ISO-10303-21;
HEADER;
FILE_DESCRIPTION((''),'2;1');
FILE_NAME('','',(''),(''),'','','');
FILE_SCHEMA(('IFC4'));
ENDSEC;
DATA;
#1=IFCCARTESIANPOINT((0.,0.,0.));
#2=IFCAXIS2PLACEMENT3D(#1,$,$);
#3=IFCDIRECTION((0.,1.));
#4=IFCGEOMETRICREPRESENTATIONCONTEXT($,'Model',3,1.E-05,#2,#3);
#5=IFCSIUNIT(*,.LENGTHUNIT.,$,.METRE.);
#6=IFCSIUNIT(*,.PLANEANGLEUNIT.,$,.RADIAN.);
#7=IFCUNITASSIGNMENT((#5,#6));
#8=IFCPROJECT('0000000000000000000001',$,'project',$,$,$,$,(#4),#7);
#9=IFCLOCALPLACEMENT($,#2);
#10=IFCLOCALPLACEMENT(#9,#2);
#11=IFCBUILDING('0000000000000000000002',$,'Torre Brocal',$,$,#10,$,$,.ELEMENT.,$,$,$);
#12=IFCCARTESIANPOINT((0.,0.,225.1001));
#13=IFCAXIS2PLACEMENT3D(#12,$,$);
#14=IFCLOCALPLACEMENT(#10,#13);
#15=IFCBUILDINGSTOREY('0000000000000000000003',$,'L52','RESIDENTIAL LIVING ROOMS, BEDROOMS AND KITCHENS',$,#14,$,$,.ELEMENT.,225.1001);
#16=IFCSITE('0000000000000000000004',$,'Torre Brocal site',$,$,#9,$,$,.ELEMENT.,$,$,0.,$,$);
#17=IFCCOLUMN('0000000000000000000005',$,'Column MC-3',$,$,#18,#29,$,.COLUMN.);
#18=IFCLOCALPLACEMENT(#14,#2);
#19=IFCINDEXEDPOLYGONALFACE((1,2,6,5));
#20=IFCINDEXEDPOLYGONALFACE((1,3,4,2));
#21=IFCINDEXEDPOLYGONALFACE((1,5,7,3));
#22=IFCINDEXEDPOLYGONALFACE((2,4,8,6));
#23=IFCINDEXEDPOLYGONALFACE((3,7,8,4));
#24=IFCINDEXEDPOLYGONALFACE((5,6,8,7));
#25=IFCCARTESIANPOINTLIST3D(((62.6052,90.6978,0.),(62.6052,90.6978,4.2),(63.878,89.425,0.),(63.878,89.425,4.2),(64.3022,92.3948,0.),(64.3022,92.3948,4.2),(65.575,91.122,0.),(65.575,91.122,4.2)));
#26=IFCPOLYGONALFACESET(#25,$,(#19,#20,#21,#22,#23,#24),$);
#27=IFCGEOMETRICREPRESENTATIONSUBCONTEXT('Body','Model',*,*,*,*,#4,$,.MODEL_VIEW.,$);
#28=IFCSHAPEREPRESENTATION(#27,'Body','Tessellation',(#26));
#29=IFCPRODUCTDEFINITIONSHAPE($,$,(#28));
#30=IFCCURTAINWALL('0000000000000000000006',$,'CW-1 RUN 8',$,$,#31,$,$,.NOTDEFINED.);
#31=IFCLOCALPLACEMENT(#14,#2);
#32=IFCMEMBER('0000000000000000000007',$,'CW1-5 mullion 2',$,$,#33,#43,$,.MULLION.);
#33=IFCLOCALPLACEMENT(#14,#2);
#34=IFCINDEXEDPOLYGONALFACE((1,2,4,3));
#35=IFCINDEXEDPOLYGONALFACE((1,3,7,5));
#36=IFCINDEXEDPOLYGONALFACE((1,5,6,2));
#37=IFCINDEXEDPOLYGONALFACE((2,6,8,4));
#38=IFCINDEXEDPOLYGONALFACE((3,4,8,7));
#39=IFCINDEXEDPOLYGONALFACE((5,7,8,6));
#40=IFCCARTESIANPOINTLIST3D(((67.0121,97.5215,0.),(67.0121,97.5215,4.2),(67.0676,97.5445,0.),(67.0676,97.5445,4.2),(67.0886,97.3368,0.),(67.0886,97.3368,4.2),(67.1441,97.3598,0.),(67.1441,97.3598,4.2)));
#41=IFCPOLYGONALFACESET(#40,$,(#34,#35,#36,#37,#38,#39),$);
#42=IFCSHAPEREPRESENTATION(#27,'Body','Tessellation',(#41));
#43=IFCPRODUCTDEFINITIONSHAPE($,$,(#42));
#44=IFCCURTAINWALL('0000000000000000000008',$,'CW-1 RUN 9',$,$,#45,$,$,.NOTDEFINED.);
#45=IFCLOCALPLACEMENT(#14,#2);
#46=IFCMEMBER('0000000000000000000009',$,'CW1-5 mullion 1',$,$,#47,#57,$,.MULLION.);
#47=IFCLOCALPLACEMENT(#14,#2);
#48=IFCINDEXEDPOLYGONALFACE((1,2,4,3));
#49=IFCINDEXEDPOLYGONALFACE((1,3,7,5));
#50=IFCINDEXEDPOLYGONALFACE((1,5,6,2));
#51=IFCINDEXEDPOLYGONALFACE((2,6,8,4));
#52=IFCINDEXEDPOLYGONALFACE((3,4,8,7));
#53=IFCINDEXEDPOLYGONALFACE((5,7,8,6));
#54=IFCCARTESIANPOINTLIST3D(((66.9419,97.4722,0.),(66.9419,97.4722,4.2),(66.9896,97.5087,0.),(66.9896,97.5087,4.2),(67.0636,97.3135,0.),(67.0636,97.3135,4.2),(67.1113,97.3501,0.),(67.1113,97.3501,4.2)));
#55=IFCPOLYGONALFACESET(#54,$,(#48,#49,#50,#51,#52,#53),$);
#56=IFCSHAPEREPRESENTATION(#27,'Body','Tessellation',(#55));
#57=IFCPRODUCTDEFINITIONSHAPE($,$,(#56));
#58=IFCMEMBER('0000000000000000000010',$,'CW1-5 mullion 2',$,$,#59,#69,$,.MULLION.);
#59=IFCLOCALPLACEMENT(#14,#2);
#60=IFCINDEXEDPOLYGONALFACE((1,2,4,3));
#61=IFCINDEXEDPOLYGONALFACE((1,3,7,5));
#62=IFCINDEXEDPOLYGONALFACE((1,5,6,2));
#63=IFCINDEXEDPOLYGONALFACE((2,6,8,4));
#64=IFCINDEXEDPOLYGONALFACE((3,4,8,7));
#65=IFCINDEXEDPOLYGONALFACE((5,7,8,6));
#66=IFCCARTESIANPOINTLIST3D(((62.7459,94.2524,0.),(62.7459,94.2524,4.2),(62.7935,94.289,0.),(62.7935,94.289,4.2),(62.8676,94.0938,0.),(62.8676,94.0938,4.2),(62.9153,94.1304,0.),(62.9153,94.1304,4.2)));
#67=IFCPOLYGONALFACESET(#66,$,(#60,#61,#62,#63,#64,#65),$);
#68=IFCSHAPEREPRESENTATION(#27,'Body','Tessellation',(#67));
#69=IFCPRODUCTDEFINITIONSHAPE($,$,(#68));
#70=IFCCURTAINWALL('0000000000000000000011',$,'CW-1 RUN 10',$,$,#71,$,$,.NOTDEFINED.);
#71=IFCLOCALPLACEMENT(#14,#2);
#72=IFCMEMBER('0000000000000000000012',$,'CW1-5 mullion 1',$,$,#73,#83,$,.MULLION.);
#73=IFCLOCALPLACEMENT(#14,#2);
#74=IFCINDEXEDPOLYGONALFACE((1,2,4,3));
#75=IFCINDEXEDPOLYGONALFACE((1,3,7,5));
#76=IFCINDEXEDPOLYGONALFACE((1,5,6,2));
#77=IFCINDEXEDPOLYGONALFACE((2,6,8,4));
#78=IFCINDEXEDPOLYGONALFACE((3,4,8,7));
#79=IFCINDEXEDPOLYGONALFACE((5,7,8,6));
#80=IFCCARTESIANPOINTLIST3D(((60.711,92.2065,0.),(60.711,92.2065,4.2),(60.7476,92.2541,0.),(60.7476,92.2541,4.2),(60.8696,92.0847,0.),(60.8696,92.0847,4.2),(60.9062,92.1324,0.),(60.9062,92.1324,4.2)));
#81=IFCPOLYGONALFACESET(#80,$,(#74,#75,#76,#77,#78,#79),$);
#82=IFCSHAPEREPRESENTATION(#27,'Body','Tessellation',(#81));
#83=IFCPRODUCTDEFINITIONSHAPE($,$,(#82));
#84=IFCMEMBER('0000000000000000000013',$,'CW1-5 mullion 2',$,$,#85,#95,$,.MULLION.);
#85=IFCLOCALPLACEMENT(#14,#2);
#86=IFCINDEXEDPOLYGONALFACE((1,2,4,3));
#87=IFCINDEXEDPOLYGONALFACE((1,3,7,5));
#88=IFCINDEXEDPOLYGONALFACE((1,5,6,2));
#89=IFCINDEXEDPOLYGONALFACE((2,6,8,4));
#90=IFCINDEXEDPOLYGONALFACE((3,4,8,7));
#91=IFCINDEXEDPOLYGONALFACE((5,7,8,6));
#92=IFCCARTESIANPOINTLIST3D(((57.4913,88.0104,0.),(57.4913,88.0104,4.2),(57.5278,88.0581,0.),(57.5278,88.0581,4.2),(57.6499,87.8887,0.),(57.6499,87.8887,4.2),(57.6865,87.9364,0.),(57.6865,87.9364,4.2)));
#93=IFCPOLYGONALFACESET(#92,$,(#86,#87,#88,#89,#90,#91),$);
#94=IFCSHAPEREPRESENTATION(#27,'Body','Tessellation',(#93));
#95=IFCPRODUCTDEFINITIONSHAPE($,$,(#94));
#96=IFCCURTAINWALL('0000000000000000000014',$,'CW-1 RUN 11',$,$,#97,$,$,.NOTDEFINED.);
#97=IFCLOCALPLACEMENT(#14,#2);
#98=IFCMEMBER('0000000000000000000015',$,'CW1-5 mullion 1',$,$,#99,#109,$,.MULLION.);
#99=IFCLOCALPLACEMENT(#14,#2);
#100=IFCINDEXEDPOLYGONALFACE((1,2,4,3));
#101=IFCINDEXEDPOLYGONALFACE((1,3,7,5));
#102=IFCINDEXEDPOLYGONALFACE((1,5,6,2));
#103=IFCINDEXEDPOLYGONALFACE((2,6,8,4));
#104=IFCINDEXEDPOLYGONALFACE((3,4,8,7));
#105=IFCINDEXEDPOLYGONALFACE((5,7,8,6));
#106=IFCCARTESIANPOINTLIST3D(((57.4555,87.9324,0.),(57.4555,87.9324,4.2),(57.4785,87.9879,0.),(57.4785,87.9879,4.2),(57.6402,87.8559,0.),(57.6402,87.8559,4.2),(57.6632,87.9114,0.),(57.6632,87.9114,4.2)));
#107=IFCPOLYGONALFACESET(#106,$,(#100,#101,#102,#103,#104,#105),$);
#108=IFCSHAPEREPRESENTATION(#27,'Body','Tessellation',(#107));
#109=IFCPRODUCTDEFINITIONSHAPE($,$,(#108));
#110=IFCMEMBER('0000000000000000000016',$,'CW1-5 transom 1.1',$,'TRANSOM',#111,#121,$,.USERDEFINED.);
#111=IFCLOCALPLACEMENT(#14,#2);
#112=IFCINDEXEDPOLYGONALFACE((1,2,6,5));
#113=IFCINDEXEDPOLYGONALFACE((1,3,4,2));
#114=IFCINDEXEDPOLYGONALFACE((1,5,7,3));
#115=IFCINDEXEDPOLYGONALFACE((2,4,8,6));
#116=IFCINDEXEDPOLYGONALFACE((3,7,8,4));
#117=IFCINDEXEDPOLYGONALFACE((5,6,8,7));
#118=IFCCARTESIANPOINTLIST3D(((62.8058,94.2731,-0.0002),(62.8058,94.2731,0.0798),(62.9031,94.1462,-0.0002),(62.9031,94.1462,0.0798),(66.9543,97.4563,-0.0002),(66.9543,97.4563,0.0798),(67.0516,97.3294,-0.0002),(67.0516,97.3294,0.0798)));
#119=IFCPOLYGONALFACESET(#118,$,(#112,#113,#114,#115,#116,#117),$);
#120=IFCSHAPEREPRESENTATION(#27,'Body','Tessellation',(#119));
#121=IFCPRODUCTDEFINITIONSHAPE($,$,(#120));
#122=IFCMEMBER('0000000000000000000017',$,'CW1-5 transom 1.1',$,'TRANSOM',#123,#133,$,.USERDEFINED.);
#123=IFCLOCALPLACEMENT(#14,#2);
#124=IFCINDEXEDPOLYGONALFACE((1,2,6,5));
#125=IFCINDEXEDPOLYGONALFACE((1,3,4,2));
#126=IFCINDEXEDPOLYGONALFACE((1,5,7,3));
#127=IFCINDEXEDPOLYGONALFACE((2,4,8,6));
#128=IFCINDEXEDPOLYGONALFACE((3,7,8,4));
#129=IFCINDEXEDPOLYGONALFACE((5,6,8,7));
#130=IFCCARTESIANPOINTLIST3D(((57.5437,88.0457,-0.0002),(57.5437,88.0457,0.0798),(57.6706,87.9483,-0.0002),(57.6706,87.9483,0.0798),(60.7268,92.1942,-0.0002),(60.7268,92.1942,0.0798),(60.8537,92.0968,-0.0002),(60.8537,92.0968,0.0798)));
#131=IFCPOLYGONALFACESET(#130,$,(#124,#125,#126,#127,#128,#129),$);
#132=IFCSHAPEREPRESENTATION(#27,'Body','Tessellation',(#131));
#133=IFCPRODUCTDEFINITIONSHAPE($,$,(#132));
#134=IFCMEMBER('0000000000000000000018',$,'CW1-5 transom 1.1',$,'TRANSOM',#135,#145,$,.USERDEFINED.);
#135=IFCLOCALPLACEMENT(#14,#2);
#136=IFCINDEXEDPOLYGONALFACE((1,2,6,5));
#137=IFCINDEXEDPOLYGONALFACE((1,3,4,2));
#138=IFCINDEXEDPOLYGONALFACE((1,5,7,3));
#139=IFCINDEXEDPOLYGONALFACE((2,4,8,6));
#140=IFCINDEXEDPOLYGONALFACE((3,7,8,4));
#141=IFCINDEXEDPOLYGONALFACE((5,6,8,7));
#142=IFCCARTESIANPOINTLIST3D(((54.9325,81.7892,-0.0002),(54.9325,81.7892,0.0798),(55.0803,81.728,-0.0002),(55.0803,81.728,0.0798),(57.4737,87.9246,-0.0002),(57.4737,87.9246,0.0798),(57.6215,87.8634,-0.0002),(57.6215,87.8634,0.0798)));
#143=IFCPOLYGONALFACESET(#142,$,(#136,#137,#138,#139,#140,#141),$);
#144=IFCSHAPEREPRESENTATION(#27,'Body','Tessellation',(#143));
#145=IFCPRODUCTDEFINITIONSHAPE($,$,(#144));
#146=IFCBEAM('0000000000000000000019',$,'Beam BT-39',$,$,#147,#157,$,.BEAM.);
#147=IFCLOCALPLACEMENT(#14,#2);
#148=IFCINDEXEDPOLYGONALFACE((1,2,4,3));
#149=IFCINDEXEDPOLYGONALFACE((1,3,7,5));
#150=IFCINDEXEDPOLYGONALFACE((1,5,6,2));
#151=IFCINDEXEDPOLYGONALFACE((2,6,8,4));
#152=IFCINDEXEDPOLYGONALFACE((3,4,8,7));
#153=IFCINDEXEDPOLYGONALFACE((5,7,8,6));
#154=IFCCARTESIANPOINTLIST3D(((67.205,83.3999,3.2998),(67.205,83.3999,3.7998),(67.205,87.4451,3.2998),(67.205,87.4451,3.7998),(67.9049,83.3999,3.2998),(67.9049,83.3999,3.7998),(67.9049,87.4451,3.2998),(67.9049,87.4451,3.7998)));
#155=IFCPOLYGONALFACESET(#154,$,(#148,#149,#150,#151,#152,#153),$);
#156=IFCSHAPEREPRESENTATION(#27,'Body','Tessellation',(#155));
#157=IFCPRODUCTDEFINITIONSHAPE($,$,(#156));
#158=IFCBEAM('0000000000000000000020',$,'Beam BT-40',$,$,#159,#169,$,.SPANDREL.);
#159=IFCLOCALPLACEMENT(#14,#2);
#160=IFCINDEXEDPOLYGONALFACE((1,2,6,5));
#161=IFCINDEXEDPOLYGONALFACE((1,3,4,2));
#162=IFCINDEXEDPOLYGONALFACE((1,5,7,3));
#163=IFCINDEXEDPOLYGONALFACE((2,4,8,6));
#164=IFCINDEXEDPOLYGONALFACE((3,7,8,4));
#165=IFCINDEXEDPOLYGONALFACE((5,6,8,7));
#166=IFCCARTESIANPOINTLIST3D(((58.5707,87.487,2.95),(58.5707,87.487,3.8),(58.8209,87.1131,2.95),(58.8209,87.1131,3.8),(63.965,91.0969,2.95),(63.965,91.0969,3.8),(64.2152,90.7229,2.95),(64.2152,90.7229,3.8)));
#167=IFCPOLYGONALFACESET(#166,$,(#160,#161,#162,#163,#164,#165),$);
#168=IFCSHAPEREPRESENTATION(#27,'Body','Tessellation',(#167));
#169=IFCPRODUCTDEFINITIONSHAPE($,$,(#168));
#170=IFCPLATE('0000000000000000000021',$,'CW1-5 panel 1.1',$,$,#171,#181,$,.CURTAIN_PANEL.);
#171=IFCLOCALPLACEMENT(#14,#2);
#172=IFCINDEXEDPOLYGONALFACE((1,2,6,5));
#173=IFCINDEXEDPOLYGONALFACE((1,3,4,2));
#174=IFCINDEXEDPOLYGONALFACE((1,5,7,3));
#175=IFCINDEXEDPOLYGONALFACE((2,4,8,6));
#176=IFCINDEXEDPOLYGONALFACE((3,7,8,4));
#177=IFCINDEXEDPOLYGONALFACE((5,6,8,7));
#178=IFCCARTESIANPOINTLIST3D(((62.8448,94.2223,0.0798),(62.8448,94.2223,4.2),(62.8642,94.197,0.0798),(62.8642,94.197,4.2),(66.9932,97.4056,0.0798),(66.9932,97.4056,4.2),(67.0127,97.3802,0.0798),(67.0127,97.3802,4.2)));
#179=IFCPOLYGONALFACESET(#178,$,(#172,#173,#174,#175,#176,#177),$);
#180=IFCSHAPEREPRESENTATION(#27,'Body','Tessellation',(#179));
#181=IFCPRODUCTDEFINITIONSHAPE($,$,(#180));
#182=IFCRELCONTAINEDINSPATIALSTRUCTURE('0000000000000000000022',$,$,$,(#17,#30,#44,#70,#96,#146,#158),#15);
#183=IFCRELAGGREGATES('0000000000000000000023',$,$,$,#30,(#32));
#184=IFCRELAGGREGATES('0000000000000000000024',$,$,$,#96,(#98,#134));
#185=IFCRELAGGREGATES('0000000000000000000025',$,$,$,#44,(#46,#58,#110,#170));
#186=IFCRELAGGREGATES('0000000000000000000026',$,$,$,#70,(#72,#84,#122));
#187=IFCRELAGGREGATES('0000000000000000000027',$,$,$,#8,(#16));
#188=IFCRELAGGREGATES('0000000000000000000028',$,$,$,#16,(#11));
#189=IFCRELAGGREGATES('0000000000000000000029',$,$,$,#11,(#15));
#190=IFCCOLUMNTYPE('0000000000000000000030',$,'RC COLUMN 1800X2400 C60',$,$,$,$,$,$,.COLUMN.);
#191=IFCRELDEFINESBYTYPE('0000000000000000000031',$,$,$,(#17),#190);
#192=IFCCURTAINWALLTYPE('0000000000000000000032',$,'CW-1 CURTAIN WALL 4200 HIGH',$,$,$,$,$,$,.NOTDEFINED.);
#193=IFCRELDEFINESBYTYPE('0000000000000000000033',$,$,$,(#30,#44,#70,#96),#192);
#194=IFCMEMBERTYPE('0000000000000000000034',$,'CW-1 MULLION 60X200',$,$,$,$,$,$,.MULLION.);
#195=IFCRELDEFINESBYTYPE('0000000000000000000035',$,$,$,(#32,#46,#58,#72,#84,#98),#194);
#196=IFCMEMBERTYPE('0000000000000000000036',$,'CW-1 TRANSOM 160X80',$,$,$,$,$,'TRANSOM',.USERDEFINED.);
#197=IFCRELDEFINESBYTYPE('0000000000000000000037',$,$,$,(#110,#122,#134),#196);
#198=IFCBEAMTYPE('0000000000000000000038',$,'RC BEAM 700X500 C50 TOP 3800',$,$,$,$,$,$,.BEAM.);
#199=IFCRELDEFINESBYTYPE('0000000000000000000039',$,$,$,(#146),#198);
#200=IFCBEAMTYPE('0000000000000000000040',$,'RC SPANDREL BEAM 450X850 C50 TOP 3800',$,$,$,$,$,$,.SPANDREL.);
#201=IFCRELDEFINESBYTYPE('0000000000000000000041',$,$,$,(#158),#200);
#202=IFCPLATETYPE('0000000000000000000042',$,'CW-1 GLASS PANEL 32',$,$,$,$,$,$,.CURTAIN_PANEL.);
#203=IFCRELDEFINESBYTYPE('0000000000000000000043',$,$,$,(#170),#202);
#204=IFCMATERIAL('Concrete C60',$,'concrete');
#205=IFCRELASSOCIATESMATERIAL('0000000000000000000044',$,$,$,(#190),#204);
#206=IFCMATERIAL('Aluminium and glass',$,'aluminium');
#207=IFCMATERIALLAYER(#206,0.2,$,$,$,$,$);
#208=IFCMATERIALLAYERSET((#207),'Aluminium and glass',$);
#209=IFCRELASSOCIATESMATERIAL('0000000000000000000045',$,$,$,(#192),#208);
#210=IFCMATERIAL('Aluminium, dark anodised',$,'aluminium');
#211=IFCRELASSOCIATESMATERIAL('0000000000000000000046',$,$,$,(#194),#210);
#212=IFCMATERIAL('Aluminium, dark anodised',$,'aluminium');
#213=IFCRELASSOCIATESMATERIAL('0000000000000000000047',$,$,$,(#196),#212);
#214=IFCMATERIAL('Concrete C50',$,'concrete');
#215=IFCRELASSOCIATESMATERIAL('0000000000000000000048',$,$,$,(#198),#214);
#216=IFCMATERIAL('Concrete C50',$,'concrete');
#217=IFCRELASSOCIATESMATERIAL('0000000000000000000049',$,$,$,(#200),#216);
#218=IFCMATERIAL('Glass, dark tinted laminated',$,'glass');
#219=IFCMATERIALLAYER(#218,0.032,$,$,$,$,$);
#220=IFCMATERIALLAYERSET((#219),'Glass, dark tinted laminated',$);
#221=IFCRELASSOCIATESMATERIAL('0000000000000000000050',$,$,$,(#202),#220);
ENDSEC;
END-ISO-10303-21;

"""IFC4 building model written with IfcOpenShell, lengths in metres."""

from ifc_helpers import new_model, si_unit, direction, frame, origin, origin_2d, place, context, subcontext, project, spatial, rectangle, extrude, material, layer, layer_set, material_profile, profile_set, type_object, element, aggregate, save


model = new_model("IFC4")

# Units and contexts
model_context = context("Model", 3, precision=1e-05, world=origin(), true_north=direction((0.0, 1.0)))
body_context = subcontext(model_context, "Body", "Model", "MODEL_VIEW")
ifc_project = project(units=[si_unit("LENGTHUNIT", "METRE"), si_unit("PLANEANGLEUNIT", "RADIAN")], contexts=[model_context])

# Site, building, storey
site_placement = place(None, origin())
site = spatial("IfcSite", under=ifc_project, at=site_placement, Name="Torre Brocal site", CompositionType="ELEMENT", RefElevation=0.0)
building_placement = place(site_placement, origin())
building = spatial("IfcBuilding", under=site, at=building_placement, Name="Torre Brocal", CompositionType="ELEMENT")
storey_placement = place(building_placement, frame((0.0, 0.0, 225.1001)))
storey = spatial("IfcBuildingStorey", under=building, at=storey_placement, Name="L52", Description="RESIDENTIAL LIVING ROOMS, BEDROOMS AND KITCHENS", CompositionType="ELEMENT", Elevation=225.1001)

# Column
ifc_material_1 = material(Name="Concrete C60", Category="concrete")
ifc_material_profile_1 = material_profile(ifc_material_1, rectangle(XDim=1.8, YDim=2.3999, at=origin_2d()), Name="RC 1800X2400")
ifc_profile_set_1 = profile_set([ifc_material_profile_1], Name="Concrete C60")
column_type = type_object("IfcColumnType", Name="RC COLUMN 1800X2400 C60", PredefinedType="COLUMN", material=ifc_profile_set_1)
column_placement = place(storey_placement, frame((64.0901, 90.9099, 0.0), z_axis=(0.0, 0.0, 1.0), x_axis=(-0.707107, 0.707107, 0.0)))
element("IfcColumn", 1, at=column_placement, inside=storey, type_object=column_type, Name="Column MC-3", PredefinedType="COLUMN", context=body_context, shape_type="SweptSolid", body=[
    extrude(rectangle(XDim=1.8, YDim=2.3999, at=origin_2d()), origin(), (0.0, 0.0, 1.0), 4.2),
])

# Curtain wall, member
ifc_material_2 = material(Name="Aluminium and glass", Category="aluminium")
ifc_layer_1 = layer(ifc_material_2, 0.2)
ifc_layer_set_1 = layer_set([ifc_layer_1], Name="Aluminium and glass")
curtain_wall_type = type_object("IfcCurtainWallType", Name="CW-1 CURTAIN WALL 4200 HIGH", PredefinedType="NOTDEFINED", material=ifc_layer_set_1)
curtain_wall_1_placement = place(storey_placement, origin())
curtain_wall_1 = element("IfcCurtainWall", 2, at=curtain_wall_1_placement, inside=storey, type_object=curtain_wall_type, Name="CW-1 RUN 8", PredefinedType="NOTDEFINED")
ifc_material_3 = material(Name="Aluminium, dark anodised", Category="aluminium")
ifc_material_profile_2 = material_profile(ifc_material_3, rectangle(XDim=0.2, YDim=0.0601, at=origin_2d()), Name="CW-1 MULLION 60X200")
ifc_profile_set_2 = profile_set([ifc_material_profile_2], Name="Aluminium, dark anodised")
member_type_1 = type_object("IfcMemberType", Name="CW-1 MULLION 60X200", PredefinedType="MULLION", material=ifc_profile_set_2)
member_1_placement = place(storey_placement, frame((67.0781, 97.4407, 0.0), z_axis=(0.0, 0.0, 1.0), x_axis=(0.382683, -0.92388, 0.0)))
member_1 = element("IfcMember", 3, at=member_1_placement, type_object=member_type_1, Name="CW1-5 mullion 2", PredefinedType="MULLION", context=body_context, shape_type="SweptSolid", body=[
    extrude(rectangle(XDim=0.2, YDim=0.0601, at=origin_2d()), origin(), (0.0, 0.0, 1.0), 4.2),
])
aggregate(curtain_wall_1, [member_1])

# Curtain walls, members
curtain_wall_2_placement = place(storey_placement, origin())
curtain_wall_2 = element("IfcCurtainWall", 4, at=curtain_wall_2_placement, inside=storey, type_object=curtain_wall_type, Name="CW-1 RUN 9", PredefinedType="NOTDEFINED")
member_2_placement = place(storey_placement, frame((67.0266, 97.4111, 0.0), z_axis=(0.0, 0.0, 1.0), x_axis=(0.608761, -0.793353, 0.0)))
member_2 = element("IfcMember", 5, at=member_2_placement, type_object=member_type_1, Name="CW1-5 mullion 1", PredefinedType="MULLION", context=body_context, shape_type="SweptSolid", body=[
    extrude(rectangle(XDim=0.2, YDim=0.0601, at=origin_2d()), origin(), (0.0, 0.0, 1.0), 4.2),
])
member_3_placement = place(storey_placement, frame((62.8306, 94.1914, 0.0), z_axis=(0.0, 0.0, 1.0), x_axis=(0.608761, -0.793353, 0.0)))
member_3 = element("IfcMember", 6, at=member_3_placement, type_object=member_type_1, Name="CW1-5 mullion 2", PredefinedType="MULLION", context=body_context, shape_type="SweptSolid", body=[
    extrude(rectangle(XDim=0.2, YDim=0.0601, at=origin_2d()), origin(), (0.0, 0.0, 1.0), 4.2),
])
curtain_wall_3_placement = place(storey_placement, origin())
curtain_wall_3 = element("IfcCurtainWall", 7, at=curtain_wall_3_placement, inside=storey, type_object=curtain_wall_type, Name="CW-1 RUN 10", PredefinedType="NOTDEFINED")
member_4_placement = place(storey_placement, frame((60.8086, 92.1694, 0.0), z_axis=(0.0, 0.0, 1.0), x_axis=(0.793353, -0.608761, 0.0)))
member_4 = element("IfcMember", 8, at=member_4_placement, type_object=member_type_1, Name="CW1-5 mullion 1", PredefinedType="MULLION", context=body_context, shape_type="SweptSolid", body=[
    extrude(rectangle(XDim=0.2, YDim=0.0601, at=origin_2d()), origin(), (0.0, 0.0, 1.0), 4.2),
])
member_5_placement = place(storey_placement, frame((57.5889, 87.9734, 0.0), z_axis=(0.0, 0.0, 1.0), x_axis=(0.793353, -0.608761, 0.0)))
member_5 = element("IfcMember", 9, at=member_5_placement, type_object=member_type_1, Name="CW1-5 mullion 2", PredefinedType="MULLION", context=body_context, shape_type="SweptSolid", body=[
    extrude(rectangle(XDim=0.2, YDim=0.0601, at=origin_2d()), origin(), (0.0, 0.0, 1.0), 4.2),
])

# Curtain wall, member
curtain_wall_4_placement = place(storey_placement, origin())
curtain_wall_4 = element("IfcCurtainWall", 10, at=curtain_wall_4_placement, inside=storey, type_object=curtain_wall_type, Name="CW-1 RUN 11", PredefinedType="NOTDEFINED")
member_6_placement = place(storey_placement, frame((57.5593, 87.9219, 0.0), z_axis=(0.0, 0.0, 1.0), x_axis=(0.92388, -0.382683, 0.0)))
member_6 = element("IfcMember", 11, at=member_6_placement, type_object=member_type_1, Name="CW1-5 mullion 1", PredefinedType="MULLION", context=body_context, shape_type="SweptSolid", body=[
    extrude(rectangle(XDim=0.2, YDim=0.0601, at=origin_2d()), origin(), (0.0, 0.0, 1.0), 4.2),
])

# Members
ifc_material_4 = material(Name="Aluminium, dark anodised", Category="aluminium")
ifc_material_profile_3 = material_profile(ifc_material_4, rectangle(XDim=0.1599, YDim=0.0801, at=origin_2d()), Name="CW-1 TRANSOM 160X80")
ifc_profile_set_3 = profile_set([ifc_material_profile_3], Name="Aluminium, dark anodised")
member_type_2 = type_object("IfcMemberType", Name="CW-1 TRANSOM 160X80", ElementType="TRANSOM", PredefinedType="USERDEFINED", material=ifc_profile_set_3)
member_7_placement = place(storey_placement, frame((67.0029, 97.3928, 0.0398), z_axis=(-0.793363, -0.608749, 0.0), x_axis=(0.608749, -0.793363, 0.0)))
member_7 = element("IfcMember", 12, at=member_7_placement, type_object=member_type_2, Name="CW1-5 transom 1.1", ObjectType="TRANSOM", PredefinedType="USERDEFINED", context=body_context, shape_type="SweptSolid", body=[
    extrude(rectangle(XDim=0.1599, YDim=0.0801, at=origin_2d()), origin(), (0.0, 0.0, 1.0), 5.229),
])
member_8_placement = place(storey_placement, frame((60.7903, 92.1455, 0.0398), z_axis=(-0.608749, -0.793363, 0.0), x_axis=(0.793363, -0.608749, 0.0)))
member_8 = element("IfcMember", 13, at=member_8_placement, type_object=member_type_2, Name="CW1-5 transom 1.1", ObjectType="TRANSOM", PredefinedType="USERDEFINED", context=body_context, shape_type="SweptSolid", body=[
    extrude(rectangle(XDim=0.1599, YDim=0.0801, at=origin_2d()), origin(), (0.0, 0.0, 1.0), 5.229),
])
member_9_placement = place(storey_placement, frame((57.5476, 87.894, 0.0398), z_axis=(-0.382665, -0.923887, 0.0), x_axis=(0.923887, -0.382665, 0.0)))
member_9 = element("IfcMember", 14, at=member_9_placement, type_object=member_type_2, Name="CW1-5 transom 1.1", ObjectType="TRANSOM", PredefinedType="USERDEFINED", context=body_context, shape_type="SweptSolid", body=[
    extrude(rectangle(XDim=0.1599, YDim=0.0801, at=origin_2d()), origin(), (0.0, 0.0, 1.0), 6.6409),
])
aggregate(curtain_wall_4, [member_6, member_9])

# Beams
ifc_material_5 = material(Name="Concrete C50", Category="concrete")
ifc_material_profile_4 = material_profile(ifc_material_5, rectangle(XDim=0.7, YDim=0.5, at=origin_2d()), Name="RC 700X500")
ifc_profile_set_4 = profile_set([ifc_material_profile_4], Name="Concrete C50")
beam_type_1 = type_object("IfcBeamType", Name="RC BEAM 700X500 C50 TOP 3800", PredefinedType="BEAM", material=ifc_profile_set_4)
beam_1_placement = place(storey_placement, frame((67.5549, 87.4451, 3.5498), z_axis=(0.0, -1.0, 0.0), x_axis=(1.0, 0.0, 0.0)))
element("IfcBeam", 15, at=beam_1_placement, inside=storey, type_object=beam_type_1, Name="Beam BT-39", PredefinedType="BEAM", context=body_context, shape_type="SweptSolid", body=[
    extrude(rectangle(XDim=0.7, YDim=0.5, at=origin_2d()), origin(), (0.0, 0.0, 1.0), 4.0452),
])
ifc_material_6 = material(Name="Concrete C50", Category="concrete")
ifc_material_profile_5 = material_profile(ifc_material_6, rectangle(XDim=0.45, YDim=0.8501, at=origin_2d()), Name="RC 450X850")
ifc_profile_set_5 = profile_set([ifc_material_profile_5], Name="Concrete C50")
beam_type_2 = type_object("IfcBeamType", Name="RC SPANDREL BEAM 450X850 C50 TOP 3800", PredefinedType="SPANDREL", material=ifc_profile_set_5)
beam_2_placement = place(storey_placement, frame((64.0901, 90.9099, 3.375), z_axis=(-0.831077, -0.556158, 0.0), x_axis=(0.556158, -0.831077, 0.0)))
element("IfcBeam", 16, at=beam_2_placement, inside=storey, type_object=beam_type_2, Name="Beam BT-40", PredefinedType="SPANDREL", context=body_context, shape_type="SweptSolid", body=[
    extrude(rectangle(XDim=0.45, YDim=0.8501, at=origin_2d()), origin(), (0.0, 0.0, 1.0), 6.4907),
])

# Plate
ifc_material_7 = material(Name="Glass, dark tinted laminated", Category="glass")
ifc_layer_2 = layer(ifc_material_7, 0.032)
ifc_layer_set_2 = layer_set([ifc_layer_2], Name="Glass, dark tinted laminated")
plate_type = type_object("IfcPlateType", Name="CW-1 GLASS PANEL 32", PredefinedType="CURTAIN_PANEL", material=ifc_layer_set_2)
plate_1_placement = place(storey_placement, frame((64.9287, 95.8013, 0.0798), z_axis=(0.0, 0.0, 1.0), x_axis=(-0.793353, -0.608761, 0.0)))
plate_1 = element("IfcPlate", 17, at=plate_1_placement, type_object=plate_type, Name="CW1-5 panel 1.1", PredefinedType="CURTAIN_PANEL", context=body_context, shape_type="SweptSolid", body=[
    extrude(rectangle(XDim=5.229, YDim=0.032, at=origin_2d()), origin(), (0.0, 0.0, 1.0), 4.1201),
])
aggregate(curtain_wall_2, [member_2, member_3, member_7, plate_1])
aggregate(curtain_wall_3, [member_4, member_5, member_8])

save(model, "model.ifc")
